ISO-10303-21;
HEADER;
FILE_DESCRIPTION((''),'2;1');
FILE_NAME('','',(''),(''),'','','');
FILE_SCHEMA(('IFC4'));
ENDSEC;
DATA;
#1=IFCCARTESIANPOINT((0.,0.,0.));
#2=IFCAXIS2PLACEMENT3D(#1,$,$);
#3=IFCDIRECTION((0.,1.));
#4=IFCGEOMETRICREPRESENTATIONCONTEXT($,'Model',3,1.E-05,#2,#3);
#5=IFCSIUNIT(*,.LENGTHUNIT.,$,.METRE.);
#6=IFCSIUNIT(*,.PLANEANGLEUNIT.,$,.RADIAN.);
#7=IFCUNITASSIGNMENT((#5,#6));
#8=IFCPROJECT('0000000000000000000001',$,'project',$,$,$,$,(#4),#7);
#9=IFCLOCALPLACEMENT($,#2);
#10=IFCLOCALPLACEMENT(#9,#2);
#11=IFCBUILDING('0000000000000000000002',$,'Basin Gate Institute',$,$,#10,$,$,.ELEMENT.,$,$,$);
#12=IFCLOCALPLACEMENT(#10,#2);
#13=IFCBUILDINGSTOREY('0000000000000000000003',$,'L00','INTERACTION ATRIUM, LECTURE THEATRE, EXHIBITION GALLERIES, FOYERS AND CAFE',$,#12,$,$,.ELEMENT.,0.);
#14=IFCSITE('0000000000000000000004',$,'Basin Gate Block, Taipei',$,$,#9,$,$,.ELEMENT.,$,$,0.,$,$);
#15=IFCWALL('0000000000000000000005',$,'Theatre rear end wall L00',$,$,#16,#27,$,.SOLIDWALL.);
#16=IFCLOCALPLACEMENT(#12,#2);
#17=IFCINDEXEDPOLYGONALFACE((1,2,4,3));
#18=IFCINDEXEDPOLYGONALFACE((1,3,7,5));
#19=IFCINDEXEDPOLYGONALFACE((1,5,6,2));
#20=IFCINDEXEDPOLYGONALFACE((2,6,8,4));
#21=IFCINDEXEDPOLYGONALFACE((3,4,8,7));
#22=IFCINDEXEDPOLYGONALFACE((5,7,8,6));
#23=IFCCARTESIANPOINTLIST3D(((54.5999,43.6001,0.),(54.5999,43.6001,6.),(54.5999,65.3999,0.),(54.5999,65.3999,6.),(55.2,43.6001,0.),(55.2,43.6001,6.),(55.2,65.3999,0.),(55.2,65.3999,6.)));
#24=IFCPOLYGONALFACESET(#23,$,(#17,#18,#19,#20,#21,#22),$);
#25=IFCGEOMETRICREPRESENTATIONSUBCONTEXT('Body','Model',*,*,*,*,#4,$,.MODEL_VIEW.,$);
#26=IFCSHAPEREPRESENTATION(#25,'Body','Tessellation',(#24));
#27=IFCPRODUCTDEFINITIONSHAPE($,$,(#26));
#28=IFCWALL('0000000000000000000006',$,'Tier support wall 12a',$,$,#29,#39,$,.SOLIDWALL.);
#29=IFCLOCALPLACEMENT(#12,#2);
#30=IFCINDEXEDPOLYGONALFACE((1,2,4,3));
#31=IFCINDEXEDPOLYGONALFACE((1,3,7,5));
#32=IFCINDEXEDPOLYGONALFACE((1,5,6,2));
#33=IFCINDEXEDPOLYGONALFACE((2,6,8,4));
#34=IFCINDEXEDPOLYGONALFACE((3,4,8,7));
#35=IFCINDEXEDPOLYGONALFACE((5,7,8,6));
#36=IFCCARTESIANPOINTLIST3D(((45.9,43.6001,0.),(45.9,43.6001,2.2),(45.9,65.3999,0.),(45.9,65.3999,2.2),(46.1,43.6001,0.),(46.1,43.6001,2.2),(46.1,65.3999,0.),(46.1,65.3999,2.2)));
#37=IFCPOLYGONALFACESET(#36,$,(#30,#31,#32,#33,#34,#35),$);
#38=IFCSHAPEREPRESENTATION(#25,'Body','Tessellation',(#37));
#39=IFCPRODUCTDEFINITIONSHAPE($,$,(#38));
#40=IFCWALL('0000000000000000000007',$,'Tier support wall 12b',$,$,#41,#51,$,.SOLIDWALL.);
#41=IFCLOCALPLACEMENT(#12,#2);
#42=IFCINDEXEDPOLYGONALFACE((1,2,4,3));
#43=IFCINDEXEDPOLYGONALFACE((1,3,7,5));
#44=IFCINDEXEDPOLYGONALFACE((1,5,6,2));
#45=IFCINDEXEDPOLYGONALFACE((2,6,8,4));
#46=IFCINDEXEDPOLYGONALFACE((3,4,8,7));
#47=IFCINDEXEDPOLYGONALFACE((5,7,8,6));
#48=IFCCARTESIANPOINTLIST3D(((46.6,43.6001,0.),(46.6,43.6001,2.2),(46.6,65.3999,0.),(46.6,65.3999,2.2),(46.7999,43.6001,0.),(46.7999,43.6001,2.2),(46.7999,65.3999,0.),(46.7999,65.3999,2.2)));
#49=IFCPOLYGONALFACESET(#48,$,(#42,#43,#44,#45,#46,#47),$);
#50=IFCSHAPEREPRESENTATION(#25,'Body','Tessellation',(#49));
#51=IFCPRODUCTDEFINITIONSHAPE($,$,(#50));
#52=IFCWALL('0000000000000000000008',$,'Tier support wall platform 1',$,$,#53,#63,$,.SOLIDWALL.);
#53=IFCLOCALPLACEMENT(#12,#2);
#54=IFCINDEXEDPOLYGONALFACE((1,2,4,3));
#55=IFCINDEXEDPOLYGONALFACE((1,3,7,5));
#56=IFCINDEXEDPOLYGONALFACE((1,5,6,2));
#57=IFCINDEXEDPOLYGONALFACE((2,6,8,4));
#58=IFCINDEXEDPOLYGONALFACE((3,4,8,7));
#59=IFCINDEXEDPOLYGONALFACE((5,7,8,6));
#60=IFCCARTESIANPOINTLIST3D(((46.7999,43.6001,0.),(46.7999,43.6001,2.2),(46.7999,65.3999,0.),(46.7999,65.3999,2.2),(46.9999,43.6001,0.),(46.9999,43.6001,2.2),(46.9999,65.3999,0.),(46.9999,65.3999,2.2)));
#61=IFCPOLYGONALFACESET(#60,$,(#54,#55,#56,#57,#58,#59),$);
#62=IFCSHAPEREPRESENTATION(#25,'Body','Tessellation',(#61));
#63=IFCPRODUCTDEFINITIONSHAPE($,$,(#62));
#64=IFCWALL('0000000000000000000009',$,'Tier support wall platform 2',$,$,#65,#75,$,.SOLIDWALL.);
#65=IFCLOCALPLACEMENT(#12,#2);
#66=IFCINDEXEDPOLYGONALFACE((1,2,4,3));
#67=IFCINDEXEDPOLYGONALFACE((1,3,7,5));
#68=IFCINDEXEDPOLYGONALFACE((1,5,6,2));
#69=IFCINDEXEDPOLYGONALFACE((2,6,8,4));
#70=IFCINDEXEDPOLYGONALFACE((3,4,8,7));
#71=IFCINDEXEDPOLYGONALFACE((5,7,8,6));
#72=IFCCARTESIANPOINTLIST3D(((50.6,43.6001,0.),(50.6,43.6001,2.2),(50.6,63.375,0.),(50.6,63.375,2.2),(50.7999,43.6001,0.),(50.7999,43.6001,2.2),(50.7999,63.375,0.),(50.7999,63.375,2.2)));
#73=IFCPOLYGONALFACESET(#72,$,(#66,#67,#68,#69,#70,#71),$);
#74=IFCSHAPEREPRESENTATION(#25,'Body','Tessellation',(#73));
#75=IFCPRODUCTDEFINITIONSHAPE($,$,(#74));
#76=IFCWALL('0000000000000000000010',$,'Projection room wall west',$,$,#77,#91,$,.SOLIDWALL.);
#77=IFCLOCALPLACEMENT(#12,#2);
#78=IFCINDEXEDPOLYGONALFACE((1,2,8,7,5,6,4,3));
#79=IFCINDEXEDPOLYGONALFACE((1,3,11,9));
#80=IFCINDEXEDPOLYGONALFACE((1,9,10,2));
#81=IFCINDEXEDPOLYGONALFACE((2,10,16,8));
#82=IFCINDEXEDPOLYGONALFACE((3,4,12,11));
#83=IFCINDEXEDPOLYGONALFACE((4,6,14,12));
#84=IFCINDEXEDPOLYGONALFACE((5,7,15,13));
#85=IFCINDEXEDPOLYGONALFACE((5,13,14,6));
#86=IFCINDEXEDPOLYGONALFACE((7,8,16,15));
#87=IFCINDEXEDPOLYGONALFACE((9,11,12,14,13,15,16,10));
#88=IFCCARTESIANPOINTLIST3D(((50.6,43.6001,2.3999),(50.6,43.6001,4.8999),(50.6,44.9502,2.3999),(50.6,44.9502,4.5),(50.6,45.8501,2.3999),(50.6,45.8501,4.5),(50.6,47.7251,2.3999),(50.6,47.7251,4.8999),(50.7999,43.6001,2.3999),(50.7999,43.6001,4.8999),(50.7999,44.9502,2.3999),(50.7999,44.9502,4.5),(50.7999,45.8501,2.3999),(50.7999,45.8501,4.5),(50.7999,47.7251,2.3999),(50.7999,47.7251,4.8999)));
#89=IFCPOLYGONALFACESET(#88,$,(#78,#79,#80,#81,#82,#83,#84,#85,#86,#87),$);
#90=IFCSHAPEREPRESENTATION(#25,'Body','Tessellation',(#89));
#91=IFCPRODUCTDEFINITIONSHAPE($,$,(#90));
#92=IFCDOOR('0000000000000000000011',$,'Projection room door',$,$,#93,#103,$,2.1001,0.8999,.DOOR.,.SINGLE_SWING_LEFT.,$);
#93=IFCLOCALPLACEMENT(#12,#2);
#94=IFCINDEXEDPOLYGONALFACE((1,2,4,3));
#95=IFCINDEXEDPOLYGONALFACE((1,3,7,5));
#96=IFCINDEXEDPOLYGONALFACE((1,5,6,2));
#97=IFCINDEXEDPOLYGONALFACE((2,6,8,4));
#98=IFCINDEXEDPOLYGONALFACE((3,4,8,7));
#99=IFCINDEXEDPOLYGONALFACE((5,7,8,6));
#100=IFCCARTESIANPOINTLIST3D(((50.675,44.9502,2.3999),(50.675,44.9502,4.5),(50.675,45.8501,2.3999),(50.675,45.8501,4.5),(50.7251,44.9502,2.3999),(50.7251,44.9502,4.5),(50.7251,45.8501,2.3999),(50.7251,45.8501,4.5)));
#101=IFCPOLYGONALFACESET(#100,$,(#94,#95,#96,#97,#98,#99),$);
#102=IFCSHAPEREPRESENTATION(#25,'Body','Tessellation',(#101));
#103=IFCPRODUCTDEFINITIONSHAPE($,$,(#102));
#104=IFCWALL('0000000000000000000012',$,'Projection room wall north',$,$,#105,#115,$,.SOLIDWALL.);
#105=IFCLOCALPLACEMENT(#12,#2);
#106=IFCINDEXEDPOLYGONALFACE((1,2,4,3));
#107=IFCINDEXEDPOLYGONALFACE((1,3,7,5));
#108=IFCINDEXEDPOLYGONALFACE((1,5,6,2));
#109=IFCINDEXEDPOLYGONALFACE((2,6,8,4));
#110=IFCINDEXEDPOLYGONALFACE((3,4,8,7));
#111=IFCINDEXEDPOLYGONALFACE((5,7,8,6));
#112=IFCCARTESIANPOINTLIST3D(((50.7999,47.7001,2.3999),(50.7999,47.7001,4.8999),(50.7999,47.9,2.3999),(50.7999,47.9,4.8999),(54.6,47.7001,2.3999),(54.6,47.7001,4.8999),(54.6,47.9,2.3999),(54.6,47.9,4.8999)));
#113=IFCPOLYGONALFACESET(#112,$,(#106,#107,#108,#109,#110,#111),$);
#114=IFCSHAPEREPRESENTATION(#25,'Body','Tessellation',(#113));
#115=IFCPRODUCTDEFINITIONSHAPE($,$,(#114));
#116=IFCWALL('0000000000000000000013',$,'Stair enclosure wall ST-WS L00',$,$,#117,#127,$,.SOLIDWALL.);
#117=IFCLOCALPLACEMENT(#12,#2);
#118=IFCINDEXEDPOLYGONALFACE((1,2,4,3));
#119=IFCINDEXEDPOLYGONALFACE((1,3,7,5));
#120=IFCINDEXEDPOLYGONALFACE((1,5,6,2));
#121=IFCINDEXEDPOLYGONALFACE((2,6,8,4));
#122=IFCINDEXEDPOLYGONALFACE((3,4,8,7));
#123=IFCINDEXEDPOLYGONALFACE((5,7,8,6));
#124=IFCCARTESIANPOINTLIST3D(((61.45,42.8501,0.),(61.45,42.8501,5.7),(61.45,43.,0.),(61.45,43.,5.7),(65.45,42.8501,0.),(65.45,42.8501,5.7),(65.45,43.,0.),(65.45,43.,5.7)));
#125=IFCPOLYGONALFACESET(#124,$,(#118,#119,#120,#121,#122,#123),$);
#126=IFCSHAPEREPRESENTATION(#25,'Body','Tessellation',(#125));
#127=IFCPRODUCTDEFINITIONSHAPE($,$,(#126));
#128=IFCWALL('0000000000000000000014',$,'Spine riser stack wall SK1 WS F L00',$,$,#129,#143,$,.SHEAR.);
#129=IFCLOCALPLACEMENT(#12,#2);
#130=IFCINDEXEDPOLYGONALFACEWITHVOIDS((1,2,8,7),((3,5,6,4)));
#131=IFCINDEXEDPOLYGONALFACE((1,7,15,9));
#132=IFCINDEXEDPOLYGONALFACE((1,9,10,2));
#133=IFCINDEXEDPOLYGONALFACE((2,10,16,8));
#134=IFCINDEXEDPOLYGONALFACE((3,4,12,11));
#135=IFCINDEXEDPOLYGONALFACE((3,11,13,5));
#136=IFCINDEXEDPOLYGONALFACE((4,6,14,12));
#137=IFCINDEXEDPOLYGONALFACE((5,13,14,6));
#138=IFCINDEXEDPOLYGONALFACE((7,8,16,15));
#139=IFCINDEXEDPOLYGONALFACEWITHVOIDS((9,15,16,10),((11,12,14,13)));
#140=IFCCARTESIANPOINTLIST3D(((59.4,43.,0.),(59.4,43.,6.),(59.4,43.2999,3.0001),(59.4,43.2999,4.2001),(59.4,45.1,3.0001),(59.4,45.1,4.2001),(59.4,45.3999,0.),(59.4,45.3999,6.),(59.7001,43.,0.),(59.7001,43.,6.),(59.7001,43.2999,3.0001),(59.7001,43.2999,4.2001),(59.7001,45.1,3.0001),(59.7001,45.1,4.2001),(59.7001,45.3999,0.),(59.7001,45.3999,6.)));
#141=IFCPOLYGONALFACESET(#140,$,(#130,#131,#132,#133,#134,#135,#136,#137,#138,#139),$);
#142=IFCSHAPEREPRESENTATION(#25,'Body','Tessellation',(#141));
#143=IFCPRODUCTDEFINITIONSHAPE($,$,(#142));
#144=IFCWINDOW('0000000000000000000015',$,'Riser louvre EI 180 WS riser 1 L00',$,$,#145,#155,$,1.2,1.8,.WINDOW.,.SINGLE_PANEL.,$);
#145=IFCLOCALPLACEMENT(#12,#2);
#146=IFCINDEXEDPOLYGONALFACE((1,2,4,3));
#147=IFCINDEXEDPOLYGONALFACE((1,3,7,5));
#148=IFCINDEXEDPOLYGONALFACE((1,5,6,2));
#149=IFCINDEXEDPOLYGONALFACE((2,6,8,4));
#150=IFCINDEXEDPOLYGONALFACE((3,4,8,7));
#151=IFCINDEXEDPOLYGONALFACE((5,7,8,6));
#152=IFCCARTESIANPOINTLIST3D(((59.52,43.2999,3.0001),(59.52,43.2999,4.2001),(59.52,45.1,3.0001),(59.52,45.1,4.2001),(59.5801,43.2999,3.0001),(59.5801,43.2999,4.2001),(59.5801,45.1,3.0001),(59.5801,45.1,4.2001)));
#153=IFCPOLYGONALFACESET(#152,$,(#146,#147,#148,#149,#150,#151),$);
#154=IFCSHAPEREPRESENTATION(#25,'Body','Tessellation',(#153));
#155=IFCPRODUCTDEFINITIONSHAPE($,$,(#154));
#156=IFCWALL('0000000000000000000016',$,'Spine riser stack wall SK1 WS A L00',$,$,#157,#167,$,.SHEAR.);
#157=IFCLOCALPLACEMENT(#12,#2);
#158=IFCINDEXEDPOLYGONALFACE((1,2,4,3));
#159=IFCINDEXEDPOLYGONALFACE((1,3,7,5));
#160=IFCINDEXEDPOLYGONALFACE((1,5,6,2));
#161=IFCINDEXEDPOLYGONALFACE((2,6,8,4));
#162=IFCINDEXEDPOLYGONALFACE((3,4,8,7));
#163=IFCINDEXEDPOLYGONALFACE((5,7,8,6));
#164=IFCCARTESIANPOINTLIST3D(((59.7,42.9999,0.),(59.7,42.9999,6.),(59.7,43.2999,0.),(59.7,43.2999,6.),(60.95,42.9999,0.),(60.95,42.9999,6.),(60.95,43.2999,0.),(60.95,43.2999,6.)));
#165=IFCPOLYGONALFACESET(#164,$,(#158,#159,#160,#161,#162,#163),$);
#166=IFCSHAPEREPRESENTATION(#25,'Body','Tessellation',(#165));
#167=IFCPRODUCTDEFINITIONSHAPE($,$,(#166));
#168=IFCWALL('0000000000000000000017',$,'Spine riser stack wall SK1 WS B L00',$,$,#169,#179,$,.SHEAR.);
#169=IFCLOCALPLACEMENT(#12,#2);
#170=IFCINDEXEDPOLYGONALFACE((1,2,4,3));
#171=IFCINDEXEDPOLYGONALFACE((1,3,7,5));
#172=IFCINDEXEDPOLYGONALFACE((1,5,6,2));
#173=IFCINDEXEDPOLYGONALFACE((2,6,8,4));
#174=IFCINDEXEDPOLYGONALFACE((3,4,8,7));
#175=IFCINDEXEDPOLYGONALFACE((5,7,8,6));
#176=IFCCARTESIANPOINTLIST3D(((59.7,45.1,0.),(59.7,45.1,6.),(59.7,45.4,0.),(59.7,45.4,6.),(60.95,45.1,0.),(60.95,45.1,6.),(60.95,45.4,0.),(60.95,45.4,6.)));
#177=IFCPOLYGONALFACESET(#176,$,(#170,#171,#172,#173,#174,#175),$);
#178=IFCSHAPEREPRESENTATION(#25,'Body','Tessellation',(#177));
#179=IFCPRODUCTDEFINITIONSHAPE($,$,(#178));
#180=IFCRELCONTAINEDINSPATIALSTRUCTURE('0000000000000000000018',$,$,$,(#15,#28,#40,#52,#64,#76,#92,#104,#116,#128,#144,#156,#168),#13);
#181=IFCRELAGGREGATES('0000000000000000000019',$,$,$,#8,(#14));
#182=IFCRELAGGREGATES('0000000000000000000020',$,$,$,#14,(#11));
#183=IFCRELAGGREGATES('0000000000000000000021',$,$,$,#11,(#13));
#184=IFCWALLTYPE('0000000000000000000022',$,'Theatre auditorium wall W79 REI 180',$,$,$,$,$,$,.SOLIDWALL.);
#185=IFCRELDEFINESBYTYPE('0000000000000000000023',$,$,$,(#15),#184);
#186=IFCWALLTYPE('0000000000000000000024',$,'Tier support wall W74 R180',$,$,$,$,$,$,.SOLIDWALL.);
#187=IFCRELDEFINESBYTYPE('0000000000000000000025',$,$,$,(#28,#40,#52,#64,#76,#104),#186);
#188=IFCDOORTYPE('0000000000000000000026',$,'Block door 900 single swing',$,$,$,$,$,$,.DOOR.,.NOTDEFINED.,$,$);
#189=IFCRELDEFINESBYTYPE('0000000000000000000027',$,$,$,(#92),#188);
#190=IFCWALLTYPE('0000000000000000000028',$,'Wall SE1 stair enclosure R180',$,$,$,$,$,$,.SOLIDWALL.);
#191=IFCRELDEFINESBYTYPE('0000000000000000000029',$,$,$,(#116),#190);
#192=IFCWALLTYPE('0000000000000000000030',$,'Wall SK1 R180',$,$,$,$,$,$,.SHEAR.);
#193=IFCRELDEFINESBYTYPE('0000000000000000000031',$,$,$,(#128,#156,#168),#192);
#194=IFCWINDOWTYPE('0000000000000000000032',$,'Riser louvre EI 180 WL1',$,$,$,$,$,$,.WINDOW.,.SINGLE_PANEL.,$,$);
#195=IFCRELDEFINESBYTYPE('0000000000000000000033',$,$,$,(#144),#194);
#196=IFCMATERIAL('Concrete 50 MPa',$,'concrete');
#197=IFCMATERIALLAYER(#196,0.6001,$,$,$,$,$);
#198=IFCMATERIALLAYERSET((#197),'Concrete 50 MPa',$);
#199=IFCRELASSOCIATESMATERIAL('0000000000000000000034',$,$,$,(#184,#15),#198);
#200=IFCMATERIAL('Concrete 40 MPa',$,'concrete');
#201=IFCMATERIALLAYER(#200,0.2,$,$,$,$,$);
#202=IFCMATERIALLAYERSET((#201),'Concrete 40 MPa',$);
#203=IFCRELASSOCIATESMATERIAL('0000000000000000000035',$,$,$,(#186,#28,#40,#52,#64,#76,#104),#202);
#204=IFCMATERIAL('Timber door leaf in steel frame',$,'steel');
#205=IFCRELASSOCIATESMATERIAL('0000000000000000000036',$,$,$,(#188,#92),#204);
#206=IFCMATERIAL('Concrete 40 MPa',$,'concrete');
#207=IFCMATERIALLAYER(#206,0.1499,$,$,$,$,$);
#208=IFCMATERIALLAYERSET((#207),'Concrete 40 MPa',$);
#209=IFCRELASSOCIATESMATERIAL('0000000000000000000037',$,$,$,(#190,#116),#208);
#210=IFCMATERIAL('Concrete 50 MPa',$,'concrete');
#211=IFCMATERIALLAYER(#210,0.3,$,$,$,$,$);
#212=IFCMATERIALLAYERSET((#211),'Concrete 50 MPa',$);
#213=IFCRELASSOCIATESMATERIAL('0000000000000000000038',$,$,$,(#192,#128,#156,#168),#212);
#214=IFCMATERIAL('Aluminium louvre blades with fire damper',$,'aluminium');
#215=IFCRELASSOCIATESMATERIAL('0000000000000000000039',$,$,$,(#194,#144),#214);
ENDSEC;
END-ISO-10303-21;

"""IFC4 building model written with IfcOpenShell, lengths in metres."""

from ifc_helpers import new_model, si_unit, direction, frame, frame_2d, origin, place, context, subcontext, project, spatial, rectangle, extrude, material, layer, layer_set, type_object, element, fill, save


model = new_model("IFC4")

# Units and contexts
model_context = context("Model", 3, precision=1e-05, world=origin(), true_north=direction((0.0, 1.0)))
body_context = subcontext(model_context, "Body", "Model", "MODEL_VIEW")
ifc_project = project(units=[si_unit("LENGTHUNIT", "METRE"), si_unit("PLANEANGLEUNIT", "RADIAN")], contexts=[model_context])

# Site, building, storey
site_placement = place(None, origin())
site = spatial("IfcSite", under=ifc_project, at=site_placement, Name="Basin Gate Block, Taipei", CompositionType="ELEMENT", RefElevation=0.0)
building_placement = place(site_placement, origin())
building = spatial("IfcBuilding", under=site, at=building_placement, Name="Basin Gate Institute", CompositionType="ELEMENT")
storey_placement = place(building_placement, origin())
storey = spatial("IfcBuildingStorey", under=building, at=storey_placement, Name="L00", Description="INTERACTION ATRIUM, LECTURE THEATRE, EXHIBITION GALLERIES, FOYERS AND CAFE", CompositionType="ELEMENT", Elevation=0.0)

# Walls
ifc_material_1 = material(Name="Concrete 50 MPa", Category="concrete")
ifc_layer_1 = layer(ifc_material_1, 0.6001)
ifc_layer_set_1 = layer_set([ifc_layer_1], Name="Concrete 50 MPa")
wall_type_1 = type_object("IfcWallType", Name="Theatre auditorium wall W79 REI 180", PredefinedType="SOLIDWALL", material=ifc_layer_set_1)
wall_1_placement = place(storey_placement, frame((54.8999, 43.6001, 0.0), z_axis=(0.0, 0.0, 1.0), x_axis=(0.0, 1.0, 0.0)))
element("IfcWall", 1, at=wall_1_placement, inside=storey, type_object=wall_type_1, material=ifc_layer_set_1, Name="Theatre rear end wall L00", PredefinedType="SOLIDWALL", context=body_context, shape_type="SweptSolid", body=[
    extrude(rectangle(XDim=21.7998, YDim=0.6001, at=frame_2d((10.8999, 0.0))), origin(), (0.0, 0.0, 1.0), 6.0),
])
ifc_material_2 = material(Name="Concrete 40 MPa", Category="concrete")
ifc_layer_2 = layer(ifc_material_2, 0.2)
ifc_layer_set_2 = layer_set([ifc_layer_2], Name="Concrete 40 MPa")
wall_type_2 = type_object("IfcWallType", Name="Tier support wall W74 R180", PredefinedType="SOLIDWALL", material=ifc_layer_set_2)
for number, where, z_axis, x_axis, name in (
    (2, (46.0, 43.6001, 0.0), (0.0, 0.0, 1.0), (0.0, 1.0, 0.0), "Tier support wall 12a"),
    (3, (46.7, 43.6001, 0.0), (0.0, 0.0, 1.0), (0.0, 1.0, 0.0), "Tier support wall 12b"),
    (4, (46.8999, 43.6001, 0.0), (0.0, 0.0, 1.0), (0.0, 1.0, 0.0), "Tier support wall platform 1"),
):
    element("IfcWall", number, at=place(storey_placement, frame(where, z_axis=z_axis, x_axis=x_axis)), inside=storey, type_object=wall_type_2, material=ifc_layer_set_2, Name=name, PredefinedType="SOLIDWALL", context=body_context, shape_type="SweptSolid", body=[
        extrude(rectangle(XDim=21.7998, YDim=0.2, at=frame_2d((10.8999, 0.0))), origin(), (0.0, 0.0, 1.0), 2.2),
    ])
wall_2_placement = place(storey_placement, frame((50.7, 43.6001, 0.0), z_axis=(0.0, 0.0, 1.0), x_axis=(0.0, 1.0, 0.0)))
element("IfcWall", 5, at=wall_2_placement, inside=storey, type_object=wall_type_2, material=ifc_layer_set_2, Name="Tier support wall platform 2", PredefinedType="SOLIDWALL", context=body_context, shape_type="SweptSolid", body=[
    extrude(rectangle(XDim=19.7749, YDim=0.2, at=frame_2d((9.8875, 0.0))), origin(), (0.0, 0.0, 1.0), 2.2),
])

# Wall, opening, door
wall_3_placement = place(storey_placement, frame((50.7, 43.6001, 2.3999), z_axis=(0.0, 0.0, 1.0), x_axis=(0.0, 1.0, 0.0)))
wall_3 = element("IfcWall", 6, at=wall_3_placement, inside=storey, type_object=wall_type_2, material=ifc_layer_set_2, Name="Projection room wall west", PredefinedType="SOLIDWALL", context=body_context, shape_type="SweptSolid", body=[
    extrude(rectangle(XDim=4.125, YDim=0.2, at=frame_2d((2.0625, 0.0))), origin(), (0.0, 0.0, 1.0), 2.5),
])
opening_1_placement = place(wall_3_placement, frame((1.3501, 0.0, 0.0)))
opening_1 = element("IfcOpeningElement", 7, at=opening_1_placement, cuts=wall_3, PredefinedType="OPENING", context=body_context, shape_type="SweptSolid", body=[
    extrude(rectangle(XDim=0.8999, YDim=2.1001, at=frame_2d((0.45, 1.05))), frame((0.0, 0.1099, 0.0), z_axis=(0.0, -1.0, 0.0), x_axis=(1.0, 0.0, 0.0)), (0.0, 0.0, 1.0), 0.22),
])
ifc_material_3 = material(Name="Timber door leaf in steel frame", Category="steel")
door_type_1 = type_object("IfcDoorType", Name="Block door 900 single swing", OperationType="NOTDEFINED", PredefinedType="DOOR", material=ifc_material_3)
door_1_placement = place(opening_1_placement, origin())
door_1 = element("IfcDoor", 8, at=door_1_placement, inside=storey, type_object=door_type_1, material=ifc_material_3, Name="Projection room door", OperationType="SINGLE_SWING_LEFT", OverallHeight=2.1001, OverallWidth=0.8999, PredefinedType="DOOR", context=body_context, shape_type="SweptSolid", body=[
    extrude(rectangle(XDim=0.8999, YDim=2.1001, at=frame_2d((0.45, 1.05))), frame((0.0, 0.0249, 0.0), z_axis=(0.0, -1.0, 0.0), x_axis=(1.0, 0.0, 0.0)), (0.0, 0.0, 1.0), 0.05),
])
fill(opening_1, door_1)

# Walls
wall_4_placement = place(storey_placement, frame((50.8, 47.8, 2.3999), z_axis=(0.0, 0.0, 1.0), x_axis=(1.0, 0.0, 0.0)))
element("IfcWall", 9, at=wall_4_placement, inside=storey, type_object=wall_type_2, material=ifc_layer_set_2, Name="Projection room wall north", PredefinedType="SOLIDWALL", context=body_context, shape_type="SweptSolid", body=[
    extrude(rectangle(XDim=3.8, YDim=0.2, at=frame_2d((1.8999, 0.0))), origin(), (0.0, 0.0, 1.0), 2.5),
])
ifc_material_4 = material(Name="Concrete 40 MPa", Category="concrete")
ifc_layer_3 = layer(ifc_material_4, 0.1499)
ifc_layer_set_3 = layer_set([ifc_layer_3], Name="Concrete 40 MPa")
wall_type_3 = type_object("IfcWallType", Name="Wall SE1 stair enclosure R180", PredefinedType="SOLIDWALL", material=ifc_layer_set_3)
wall_5_placement = place(storey_placement, frame((61.45, 42.925, 0.0), z_axis=(0.0, 0.0, 1.0), x_axis=(1.0, 0.0, 0.0)))
element("IfcWall", 10, at=wall_5_placement, inside=storey, type_object=wall_type_3, material=ifc_layer_set_3, Name="Stair enclosure wall ST-WS L00", PredefinedType="SOLIDWALL", context=body_context, shape_type="SweptSolid", body=[
    extrude(rectangle(XDim=4.0, YDim=0.1499, at=frame_2d((2.0, 0.0))), origin(), (0.0, 0.0, 1.0), 5.7),
])

# Wall, opening, window
ifc_material_5 = material(Name="Concrete 50 MPa", Category="concrete")
ifc_layer_4 = layer(ifc_material_5, 0.3)
ifc_layer_set_4 = layer_set([ifc_layer_4], Name="Concrete 50 MPa")
wall_type_4 = type_object("IfcWallType", Name="Wall SK1 R180", PredefinedType="SHEAR", material=ifc_layer_set_4)
wall_6_placement = place(storey_placement, frame((59.55, 43.0, 0.0), z_axis=(0.0, 0.0, 1.0), x_axis=(0.0, 1.0, 0.0)))
wall_6 = element("IfcWall", 11, at=wall_6_placement, inside=storey, type_object=wall_type_4, material=ifc_layer_set_4, Name="Spine riser stack wall SK1 WS F L00", PredefinedType="SHEAR", context=body_context, shape_type="SweptSolid", body=[
    extrude(rectangle(XDim=2.3999, YDim=0.3, at=frame_2d((1.2, 0.0))), origin(), (0.0, 0.0, 1.0), 6.0),
])
opening_2_placement = place(wall_6_placement, frame((0.3, 0.0, 3.0)))
opening_2 = element("IfcOpeningElement", 12, at=opening_2_placement, cuts=wall_6, PredefinedType="OPENING", context=body_context, shape_type="SweptSolid", body=[
    extrude(rectangle(XDim=1.8, YDim=1.2, at=frame_2d((0.8999, 0.6001))), frame((0.0, 0.1602, 0.0), z_axis=(0.0, -1.0, 0.0), x_axis=(1.0, 0.0, 0.0)), (0.0, 0.0, 1.0), 0.3201),
])
ifc_material_6 = material(Name="Aluminium louvre blades with fire damper", Category="aluminium")
window_type_1 = type_object("IfcWindowType", Name="Riser louvre EI 180 WL1", PartitioningType="SINGLE_PANEL", PredefinedType="WINDOW", material=ifc_material_6)
window_1_placement = place(opening_2_placement, origin())
window_1 = element("IfcWindow", 13, at=window_1_placement, inside=storey, type_object=window_type_1, material=ifc_material_6, Name="Riser louvre EI 180 WS riser 1 L00", OverallHeight=1.2, OverallWidth=1.8, PartitioningType="SINGLE_PANEL", PredefinedType="WINDOW", context=body_context, shape_type="SweptSolid", body=[
    extrude(rectangle(XDim=1.8, YDim=1.2, at=frame_2d((0.8999, 0.6001))), frame((0.0, 0.03, 0.0), z_axis=(0.0, -1.0, 0.0), x_axis=(1.0, 0.0, 0.0)), (0.0, 0.0, 1.0), 0.0601),
])
fill(opening_2, window_1)

# Walls
for number, where, z_axis, x_axis, name in (
    (14, (60.95, 43.1499, 0.0), (0.0, 0.0, 1.0), (-1.0, 0.0, 0.0), "Spine riser stack wall SK1 WS A L00"),
    (15, (60.95, 45.25, 0.0), (0.0, 0.0, 1.0), (-1.0, 0.0, 0.0), "Spine riser stack wall SK1 WS B L00"),
):
    element("IfcWall", number, at=place(storey_placement, frame(where, z_axis=z_axis, x_axis=x_axis)), inside=storey, type_object=wall_type_4, material=ifc_layer_set_4, Name=name, PredefinedType="SHEAR", context=body_context, shape_type="SweptSolid", body=[
        extrude(rectangle(XDim=1.25, YDim=0.3, at=frame_2d((0.625, 0.0))), origin(), (0.0, 0.0, 1.0), 6.0),
    ])

save(model, "model.ifc")
